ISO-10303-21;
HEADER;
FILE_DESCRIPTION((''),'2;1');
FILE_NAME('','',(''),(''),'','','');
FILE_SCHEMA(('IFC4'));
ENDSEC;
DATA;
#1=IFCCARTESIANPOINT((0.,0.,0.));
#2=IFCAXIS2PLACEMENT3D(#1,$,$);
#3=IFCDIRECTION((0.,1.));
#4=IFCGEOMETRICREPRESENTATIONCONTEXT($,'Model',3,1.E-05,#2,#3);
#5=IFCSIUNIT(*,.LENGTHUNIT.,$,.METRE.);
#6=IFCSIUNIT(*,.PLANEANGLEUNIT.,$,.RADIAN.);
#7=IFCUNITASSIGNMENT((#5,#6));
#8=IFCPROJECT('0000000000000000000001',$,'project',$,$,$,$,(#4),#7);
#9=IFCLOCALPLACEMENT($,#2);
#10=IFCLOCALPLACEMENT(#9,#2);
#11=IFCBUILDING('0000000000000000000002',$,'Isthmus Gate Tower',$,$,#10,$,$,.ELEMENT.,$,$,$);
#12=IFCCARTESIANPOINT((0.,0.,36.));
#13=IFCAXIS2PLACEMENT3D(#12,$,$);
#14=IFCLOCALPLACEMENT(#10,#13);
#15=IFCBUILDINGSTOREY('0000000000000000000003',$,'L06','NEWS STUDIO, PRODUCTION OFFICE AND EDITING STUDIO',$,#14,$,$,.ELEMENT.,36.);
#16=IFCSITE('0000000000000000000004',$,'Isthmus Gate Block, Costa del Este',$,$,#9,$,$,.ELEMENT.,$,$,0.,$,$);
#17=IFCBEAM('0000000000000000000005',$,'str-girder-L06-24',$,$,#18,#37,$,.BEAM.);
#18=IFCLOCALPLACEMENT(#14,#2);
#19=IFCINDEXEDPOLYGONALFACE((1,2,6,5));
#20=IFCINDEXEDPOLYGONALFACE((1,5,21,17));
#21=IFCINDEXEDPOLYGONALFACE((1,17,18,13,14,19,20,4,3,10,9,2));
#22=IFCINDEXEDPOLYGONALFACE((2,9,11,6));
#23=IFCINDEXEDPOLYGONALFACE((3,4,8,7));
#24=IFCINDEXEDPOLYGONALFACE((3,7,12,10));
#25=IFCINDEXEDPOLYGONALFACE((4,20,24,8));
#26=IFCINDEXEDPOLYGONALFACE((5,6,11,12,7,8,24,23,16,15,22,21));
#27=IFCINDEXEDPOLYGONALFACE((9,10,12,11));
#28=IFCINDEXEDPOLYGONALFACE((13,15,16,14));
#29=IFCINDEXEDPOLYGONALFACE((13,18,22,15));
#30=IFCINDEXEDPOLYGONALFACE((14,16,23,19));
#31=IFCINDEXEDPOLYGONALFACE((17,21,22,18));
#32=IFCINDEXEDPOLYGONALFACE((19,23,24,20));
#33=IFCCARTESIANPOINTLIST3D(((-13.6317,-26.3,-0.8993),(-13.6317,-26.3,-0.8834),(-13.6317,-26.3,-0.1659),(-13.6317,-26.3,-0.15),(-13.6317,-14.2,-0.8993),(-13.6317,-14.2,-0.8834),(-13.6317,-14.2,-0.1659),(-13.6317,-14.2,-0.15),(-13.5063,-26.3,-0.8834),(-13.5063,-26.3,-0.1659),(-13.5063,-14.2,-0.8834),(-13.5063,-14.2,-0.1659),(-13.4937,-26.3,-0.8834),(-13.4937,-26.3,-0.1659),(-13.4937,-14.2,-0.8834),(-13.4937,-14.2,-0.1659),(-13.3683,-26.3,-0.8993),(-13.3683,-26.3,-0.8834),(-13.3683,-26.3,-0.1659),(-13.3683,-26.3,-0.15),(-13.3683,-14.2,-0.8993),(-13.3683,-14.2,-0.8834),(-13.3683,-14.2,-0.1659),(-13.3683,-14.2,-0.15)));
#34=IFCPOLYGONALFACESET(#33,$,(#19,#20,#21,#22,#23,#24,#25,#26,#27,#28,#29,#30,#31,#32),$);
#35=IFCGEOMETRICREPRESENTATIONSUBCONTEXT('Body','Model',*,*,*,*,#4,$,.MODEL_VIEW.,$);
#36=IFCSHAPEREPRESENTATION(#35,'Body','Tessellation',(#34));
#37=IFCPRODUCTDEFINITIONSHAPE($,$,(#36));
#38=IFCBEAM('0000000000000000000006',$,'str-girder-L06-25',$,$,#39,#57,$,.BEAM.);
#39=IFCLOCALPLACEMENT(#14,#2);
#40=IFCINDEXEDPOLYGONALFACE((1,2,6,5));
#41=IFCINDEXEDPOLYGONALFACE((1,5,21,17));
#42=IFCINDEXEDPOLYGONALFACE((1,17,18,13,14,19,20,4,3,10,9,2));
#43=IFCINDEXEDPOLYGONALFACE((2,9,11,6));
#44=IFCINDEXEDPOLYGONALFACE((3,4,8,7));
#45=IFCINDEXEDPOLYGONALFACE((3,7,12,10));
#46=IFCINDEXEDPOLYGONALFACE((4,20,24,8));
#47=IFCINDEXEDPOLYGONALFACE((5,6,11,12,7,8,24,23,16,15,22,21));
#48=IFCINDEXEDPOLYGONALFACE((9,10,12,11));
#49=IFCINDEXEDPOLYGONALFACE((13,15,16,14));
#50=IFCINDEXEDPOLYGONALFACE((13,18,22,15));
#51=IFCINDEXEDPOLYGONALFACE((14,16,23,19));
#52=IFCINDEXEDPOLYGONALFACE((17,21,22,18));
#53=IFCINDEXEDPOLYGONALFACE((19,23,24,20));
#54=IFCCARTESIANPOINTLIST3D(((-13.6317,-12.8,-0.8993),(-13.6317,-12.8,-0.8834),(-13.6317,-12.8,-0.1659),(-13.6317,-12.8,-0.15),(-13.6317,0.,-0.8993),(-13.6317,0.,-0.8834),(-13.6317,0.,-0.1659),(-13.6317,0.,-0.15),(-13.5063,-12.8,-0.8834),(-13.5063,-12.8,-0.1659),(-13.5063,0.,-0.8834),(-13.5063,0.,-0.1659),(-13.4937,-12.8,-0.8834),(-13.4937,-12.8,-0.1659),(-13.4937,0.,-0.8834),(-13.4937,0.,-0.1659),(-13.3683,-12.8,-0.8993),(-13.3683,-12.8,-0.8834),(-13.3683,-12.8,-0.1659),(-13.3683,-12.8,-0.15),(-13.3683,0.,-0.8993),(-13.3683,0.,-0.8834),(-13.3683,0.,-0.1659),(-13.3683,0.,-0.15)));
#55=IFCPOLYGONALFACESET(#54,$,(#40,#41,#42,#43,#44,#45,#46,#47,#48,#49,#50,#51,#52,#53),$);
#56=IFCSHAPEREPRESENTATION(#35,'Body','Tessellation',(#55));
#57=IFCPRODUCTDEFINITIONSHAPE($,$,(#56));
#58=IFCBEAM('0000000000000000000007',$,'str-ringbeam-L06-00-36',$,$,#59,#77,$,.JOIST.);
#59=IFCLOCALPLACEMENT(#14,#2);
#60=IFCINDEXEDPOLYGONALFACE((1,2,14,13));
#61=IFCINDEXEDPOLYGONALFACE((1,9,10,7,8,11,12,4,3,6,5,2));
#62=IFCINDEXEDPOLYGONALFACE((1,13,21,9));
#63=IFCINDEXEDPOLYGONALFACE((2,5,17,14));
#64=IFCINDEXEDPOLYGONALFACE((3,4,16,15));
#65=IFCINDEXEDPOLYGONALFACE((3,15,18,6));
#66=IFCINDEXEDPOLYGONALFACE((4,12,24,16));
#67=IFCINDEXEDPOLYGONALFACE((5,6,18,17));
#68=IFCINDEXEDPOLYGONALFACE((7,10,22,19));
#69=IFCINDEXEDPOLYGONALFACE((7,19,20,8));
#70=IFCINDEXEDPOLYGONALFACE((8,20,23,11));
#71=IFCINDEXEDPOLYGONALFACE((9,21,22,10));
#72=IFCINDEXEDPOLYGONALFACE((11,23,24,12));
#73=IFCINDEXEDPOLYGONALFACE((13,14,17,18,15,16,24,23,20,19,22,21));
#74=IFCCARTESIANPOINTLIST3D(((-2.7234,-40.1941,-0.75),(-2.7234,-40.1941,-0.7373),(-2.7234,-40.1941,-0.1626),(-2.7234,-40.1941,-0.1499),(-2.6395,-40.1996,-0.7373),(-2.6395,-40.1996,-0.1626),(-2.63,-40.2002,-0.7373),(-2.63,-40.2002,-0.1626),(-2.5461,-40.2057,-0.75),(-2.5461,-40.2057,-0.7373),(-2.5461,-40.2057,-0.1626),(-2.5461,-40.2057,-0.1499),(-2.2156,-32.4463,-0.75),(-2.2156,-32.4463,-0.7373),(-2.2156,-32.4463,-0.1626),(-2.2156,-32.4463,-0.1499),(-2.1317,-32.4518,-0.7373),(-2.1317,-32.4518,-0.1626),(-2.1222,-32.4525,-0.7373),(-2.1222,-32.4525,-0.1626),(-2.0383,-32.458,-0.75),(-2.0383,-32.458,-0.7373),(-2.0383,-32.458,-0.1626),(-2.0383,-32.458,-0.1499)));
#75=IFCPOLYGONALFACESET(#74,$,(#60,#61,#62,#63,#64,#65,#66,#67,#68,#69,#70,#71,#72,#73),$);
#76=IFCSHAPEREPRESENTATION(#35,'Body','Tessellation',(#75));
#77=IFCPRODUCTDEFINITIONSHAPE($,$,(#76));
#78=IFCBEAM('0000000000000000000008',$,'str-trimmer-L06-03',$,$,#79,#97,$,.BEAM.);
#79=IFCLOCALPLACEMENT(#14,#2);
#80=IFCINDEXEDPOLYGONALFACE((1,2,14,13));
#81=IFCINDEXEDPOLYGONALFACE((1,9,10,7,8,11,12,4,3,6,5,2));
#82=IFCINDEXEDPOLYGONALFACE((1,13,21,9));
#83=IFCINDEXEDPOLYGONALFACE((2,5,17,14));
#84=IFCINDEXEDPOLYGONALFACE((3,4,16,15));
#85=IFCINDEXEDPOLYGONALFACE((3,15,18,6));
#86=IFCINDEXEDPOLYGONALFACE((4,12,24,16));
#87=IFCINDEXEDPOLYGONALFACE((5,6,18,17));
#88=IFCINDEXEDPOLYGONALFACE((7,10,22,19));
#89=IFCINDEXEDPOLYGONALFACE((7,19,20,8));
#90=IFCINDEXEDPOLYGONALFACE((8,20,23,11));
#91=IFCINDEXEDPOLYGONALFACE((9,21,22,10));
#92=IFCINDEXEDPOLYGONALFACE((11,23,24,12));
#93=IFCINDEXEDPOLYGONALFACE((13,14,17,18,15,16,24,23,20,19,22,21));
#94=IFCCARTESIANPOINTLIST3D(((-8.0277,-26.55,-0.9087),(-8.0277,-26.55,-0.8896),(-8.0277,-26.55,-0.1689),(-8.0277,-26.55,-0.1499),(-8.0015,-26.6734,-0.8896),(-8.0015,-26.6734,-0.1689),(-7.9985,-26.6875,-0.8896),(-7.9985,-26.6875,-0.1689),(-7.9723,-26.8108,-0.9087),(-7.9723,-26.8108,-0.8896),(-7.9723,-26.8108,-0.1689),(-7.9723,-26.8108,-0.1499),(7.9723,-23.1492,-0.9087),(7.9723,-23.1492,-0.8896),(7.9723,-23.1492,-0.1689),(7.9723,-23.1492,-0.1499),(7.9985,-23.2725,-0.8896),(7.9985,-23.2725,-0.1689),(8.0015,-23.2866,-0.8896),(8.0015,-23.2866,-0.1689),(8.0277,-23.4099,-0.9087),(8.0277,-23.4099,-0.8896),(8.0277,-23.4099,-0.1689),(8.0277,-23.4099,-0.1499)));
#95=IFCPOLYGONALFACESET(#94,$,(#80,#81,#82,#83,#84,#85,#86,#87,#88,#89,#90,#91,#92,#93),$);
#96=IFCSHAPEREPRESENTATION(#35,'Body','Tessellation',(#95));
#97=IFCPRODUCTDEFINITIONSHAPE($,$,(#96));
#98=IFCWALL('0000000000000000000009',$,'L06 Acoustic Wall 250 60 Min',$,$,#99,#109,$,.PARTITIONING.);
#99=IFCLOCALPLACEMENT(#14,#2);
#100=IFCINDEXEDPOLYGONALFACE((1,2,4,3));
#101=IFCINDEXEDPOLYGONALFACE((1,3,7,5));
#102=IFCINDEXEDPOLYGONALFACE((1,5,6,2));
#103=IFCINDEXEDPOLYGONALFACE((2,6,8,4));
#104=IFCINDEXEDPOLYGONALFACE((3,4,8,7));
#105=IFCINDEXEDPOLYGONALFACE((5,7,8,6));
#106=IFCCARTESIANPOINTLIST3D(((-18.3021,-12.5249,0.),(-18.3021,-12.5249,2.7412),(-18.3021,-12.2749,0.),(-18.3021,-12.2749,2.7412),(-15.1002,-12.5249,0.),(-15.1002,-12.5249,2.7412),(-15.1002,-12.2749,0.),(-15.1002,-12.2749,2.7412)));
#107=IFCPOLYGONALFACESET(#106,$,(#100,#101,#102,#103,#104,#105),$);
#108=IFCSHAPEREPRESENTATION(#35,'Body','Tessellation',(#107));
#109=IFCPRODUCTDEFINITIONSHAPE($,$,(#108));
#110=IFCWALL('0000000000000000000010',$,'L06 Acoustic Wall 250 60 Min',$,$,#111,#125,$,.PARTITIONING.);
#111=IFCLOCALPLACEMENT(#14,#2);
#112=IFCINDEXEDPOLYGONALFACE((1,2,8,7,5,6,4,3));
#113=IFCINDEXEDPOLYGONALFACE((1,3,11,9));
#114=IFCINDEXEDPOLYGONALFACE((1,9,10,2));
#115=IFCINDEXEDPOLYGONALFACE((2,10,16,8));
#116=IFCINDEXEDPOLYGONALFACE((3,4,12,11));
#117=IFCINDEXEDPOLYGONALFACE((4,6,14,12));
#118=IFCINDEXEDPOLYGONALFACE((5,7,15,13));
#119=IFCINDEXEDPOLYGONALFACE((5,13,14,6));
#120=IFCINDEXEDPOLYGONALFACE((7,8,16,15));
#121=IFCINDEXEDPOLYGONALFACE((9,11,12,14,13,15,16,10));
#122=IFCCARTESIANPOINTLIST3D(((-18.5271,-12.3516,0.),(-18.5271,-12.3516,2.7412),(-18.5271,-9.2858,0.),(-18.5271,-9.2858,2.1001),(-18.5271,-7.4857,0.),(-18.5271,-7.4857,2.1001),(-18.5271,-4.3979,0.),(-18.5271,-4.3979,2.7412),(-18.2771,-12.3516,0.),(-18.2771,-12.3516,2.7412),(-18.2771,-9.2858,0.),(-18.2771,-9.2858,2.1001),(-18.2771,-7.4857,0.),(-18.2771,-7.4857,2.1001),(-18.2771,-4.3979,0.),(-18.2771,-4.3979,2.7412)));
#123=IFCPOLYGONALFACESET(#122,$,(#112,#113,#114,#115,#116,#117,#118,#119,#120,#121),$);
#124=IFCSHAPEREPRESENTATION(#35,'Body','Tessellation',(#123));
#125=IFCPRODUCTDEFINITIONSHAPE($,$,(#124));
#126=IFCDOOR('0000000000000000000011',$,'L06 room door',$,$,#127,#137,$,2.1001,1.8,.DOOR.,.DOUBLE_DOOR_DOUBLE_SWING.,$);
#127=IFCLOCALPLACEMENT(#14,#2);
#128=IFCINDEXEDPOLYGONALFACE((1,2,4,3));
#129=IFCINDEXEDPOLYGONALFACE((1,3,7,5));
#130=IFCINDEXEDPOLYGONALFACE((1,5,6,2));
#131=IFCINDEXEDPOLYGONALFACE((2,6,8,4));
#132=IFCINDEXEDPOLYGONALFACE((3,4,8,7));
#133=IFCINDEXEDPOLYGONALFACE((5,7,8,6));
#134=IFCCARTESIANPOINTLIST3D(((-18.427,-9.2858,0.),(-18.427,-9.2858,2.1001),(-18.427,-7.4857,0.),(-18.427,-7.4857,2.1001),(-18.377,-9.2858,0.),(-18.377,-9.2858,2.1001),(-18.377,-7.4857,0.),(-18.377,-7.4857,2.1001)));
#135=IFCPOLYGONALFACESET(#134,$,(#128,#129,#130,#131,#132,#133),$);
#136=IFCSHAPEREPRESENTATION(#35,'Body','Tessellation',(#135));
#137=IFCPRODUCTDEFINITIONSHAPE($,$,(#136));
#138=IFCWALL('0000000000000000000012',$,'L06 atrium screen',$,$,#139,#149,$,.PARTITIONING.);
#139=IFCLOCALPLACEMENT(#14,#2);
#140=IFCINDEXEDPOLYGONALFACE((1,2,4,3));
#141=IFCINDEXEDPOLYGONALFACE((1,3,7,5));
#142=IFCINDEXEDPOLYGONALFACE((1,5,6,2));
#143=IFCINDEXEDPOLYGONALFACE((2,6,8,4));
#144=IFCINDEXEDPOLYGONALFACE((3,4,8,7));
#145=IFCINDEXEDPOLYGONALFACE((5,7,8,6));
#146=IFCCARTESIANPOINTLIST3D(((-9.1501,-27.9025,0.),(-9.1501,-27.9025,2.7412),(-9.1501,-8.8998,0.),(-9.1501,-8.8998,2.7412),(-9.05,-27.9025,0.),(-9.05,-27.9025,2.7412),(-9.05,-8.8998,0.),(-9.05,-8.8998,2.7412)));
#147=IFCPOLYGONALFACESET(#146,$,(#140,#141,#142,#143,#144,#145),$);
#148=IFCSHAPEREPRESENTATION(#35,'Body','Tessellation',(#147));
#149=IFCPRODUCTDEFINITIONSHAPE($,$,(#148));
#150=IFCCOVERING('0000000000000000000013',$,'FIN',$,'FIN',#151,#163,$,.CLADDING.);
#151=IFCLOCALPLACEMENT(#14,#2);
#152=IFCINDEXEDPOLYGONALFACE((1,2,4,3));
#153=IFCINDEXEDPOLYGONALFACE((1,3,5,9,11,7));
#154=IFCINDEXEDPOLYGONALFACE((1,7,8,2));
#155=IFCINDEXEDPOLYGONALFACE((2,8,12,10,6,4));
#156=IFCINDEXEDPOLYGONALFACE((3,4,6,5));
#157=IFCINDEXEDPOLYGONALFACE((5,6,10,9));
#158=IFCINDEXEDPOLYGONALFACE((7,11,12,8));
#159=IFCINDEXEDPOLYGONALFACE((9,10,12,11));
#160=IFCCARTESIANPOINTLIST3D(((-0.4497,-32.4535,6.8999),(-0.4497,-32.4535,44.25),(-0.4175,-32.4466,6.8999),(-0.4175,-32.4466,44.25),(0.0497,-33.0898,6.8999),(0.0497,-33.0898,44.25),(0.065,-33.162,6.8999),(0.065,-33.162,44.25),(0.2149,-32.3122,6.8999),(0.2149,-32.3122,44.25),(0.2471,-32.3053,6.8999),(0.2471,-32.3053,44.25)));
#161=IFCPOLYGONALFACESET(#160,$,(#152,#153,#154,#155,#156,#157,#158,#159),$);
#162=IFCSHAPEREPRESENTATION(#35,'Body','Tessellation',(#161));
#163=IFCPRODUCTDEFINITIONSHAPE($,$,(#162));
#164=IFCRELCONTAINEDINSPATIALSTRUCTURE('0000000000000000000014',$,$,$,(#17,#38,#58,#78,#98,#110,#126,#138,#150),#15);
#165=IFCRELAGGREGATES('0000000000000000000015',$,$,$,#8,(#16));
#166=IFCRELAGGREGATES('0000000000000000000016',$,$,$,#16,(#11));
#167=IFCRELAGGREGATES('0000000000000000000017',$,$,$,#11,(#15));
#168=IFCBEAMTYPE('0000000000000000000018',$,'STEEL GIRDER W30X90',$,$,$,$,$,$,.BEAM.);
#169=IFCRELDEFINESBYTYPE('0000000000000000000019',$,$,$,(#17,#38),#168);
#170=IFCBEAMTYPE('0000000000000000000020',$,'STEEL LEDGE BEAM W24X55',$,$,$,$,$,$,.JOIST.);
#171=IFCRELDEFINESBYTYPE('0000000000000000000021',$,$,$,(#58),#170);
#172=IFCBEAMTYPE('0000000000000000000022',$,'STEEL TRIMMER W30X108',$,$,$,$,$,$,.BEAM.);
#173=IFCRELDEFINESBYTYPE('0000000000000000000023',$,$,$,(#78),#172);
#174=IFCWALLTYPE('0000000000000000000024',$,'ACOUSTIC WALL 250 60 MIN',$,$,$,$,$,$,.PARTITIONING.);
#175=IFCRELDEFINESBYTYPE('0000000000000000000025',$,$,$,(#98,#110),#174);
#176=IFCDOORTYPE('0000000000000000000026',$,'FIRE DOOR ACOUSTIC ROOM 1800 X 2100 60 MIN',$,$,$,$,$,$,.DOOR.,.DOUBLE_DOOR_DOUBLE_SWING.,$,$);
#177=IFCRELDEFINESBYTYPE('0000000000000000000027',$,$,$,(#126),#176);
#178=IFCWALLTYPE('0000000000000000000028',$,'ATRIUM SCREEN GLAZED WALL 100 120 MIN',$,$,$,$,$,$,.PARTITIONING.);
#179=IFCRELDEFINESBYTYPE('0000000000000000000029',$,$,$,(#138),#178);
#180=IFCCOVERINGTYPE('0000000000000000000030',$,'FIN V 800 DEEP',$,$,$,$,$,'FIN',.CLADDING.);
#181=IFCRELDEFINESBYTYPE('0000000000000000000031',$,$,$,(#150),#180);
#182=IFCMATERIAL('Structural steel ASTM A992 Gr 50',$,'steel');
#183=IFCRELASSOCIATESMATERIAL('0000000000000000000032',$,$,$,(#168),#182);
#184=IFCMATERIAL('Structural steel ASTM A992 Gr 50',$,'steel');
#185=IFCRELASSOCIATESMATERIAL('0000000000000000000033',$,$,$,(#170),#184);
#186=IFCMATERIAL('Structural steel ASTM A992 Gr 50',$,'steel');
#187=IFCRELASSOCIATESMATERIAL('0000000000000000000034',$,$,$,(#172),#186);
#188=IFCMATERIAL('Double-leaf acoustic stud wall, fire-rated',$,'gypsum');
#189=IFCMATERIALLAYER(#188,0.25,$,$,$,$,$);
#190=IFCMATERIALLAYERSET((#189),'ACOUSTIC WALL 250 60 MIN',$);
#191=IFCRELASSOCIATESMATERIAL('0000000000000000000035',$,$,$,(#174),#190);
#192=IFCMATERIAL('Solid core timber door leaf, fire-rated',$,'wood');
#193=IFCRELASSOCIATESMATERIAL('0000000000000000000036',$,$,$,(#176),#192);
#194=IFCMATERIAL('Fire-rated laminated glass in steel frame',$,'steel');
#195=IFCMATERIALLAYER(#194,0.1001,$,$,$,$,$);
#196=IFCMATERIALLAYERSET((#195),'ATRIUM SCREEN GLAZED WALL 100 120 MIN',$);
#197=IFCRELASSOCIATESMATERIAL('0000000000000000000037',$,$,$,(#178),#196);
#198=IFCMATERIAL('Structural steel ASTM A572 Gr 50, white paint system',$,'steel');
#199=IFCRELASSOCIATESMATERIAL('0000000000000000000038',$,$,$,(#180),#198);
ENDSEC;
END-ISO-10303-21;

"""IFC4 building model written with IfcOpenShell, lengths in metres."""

from ifc_helpers import new_model, si_unit, direction, frame, frame_2d, origin, origin_2d, place, context, subcontext, project, spatial, polyline, rectangle, i_section, outline, extrude, material, layer, layer_set, material_profile, profile_set, type_object, element, fill, save


model = new_model("IFC4")

# Units and contexts
model_context = context("Model", 3, precision=1e-05, world=origin(), true_north=direction((0.0, 1.0)))
body_context = subcontext(model_context, "Body", "Model", "MODEL_VIEW")
ifc_project = project(units=[si_unit("LENGTHUNIT", "METRE"), si_unit("PLANEANGLEUNIT", "RADIAN")], contexts=[model_context])

# Site, building, storey
site_placement = place(None, origin())
site = spatial("IfcSite", under=ifc_project, at=site_placement, Name="Isthmus Gate Block, Costa del Este", CompositionType="ELEMENT", RefElevation=0.0)
building_placement = place(site_placement, origin())
building = spatial("IfcBuilding", under=site, at=building_placement, Name="Isthmus Gate Tower", CompositionType="ELEMENT")
storey_placement = place(building_placement, frame((0.0, 0.0, 36.0)))
storey = spatial("IfcBuildingStorey", under=building, at=storey_placement, Name="L06", Description="NEWS STUDIO, PRODUCTION OFFICE AND EDITING STUDIO", CompositionType="ELEMENT", Elevation=36.0)

# Beams
ifc_material_1 = material(Name="Structural steel ASTM A992 Gr 50", Category="steel")
ifc_material_profile_1 = material_profile(ifc_material_1, i_section(OverallWidth=0.2634, OverallDepth=0.7493, WebThickness=0.0127, FlangeThickness=0.0159, at=origin_2d()), Name="W30X90")
ifc_profile_set_1 = profile_set([ifc_material_profile_1], Name="Structural steel ASTM A992 Gr 50")
beam_type_1 = type_object("IfcBeamType", Name="STEEL GIRDER W30X90", PredefinedType="BEAM", material=ifc_profile_set_1)
beam_1_placement = place(storey_placement, frame((-13.5, -26.3, -0.5247), z_axis=(0.0, 1.0, 0.0), x_axis=(-1.0, 0.0, 0.0)))
element("IfcBeam", 1, at=beam_1_placement, inside=storey, type_object=beam_type_1, Name="str-girder-L06-24", PredefinedType="BEAM", context=body_context, shape_type="SweptSolid", body=[
    extrude(i_section(OverallWidth=0.2634, OverallDepth=0.7493, WebThickness=0.0127, FlangeThickness=0.0159, at=origin_2d()), origin(), (0.0, 0.0, 1.0), 12.1001),
])
beam_2_placement = place(storey_placement, frame((-13.5, -12.8, -0.5247), z_axis=(0.0, 1.0, 0.0), x_axis=(-1.0, 0.0, 0.0)))
element("IfcBeam", 2, at=beam_2_placement, inside=storey, type_object=beam_type_1, Name="str-girder-L06-25", PredefinedType="BEAM", context=body_context, shape_type="SweptSolid", body=[
    extrude(i_section(OverallWidth=0.2634, OverallDepth=0.7493, WebThickness=0.0127, FlangeThickness=0.0159, at=origin_2d()), origin(), (0.0, 0.0, 1.0), 12.8),
])
ifc_material_2 = material(Name="Structural steel ASTM A992 Gr 50", Category="steel")
ifc_material_profile_2 = material_profile(ifc_material_2, i_section(OverallWidth=0.1777, OverallDepth=0.6001, WebThickness=0.0095, FlangeThickness=0.0127, at=origin_2d()), Name="W24X55")
ifc_profile_set_2 = profile_set([ifc_material_profile_2], Name="Structural steel ASTM A992 Gr 50")
beam_type_2 = type_object("IfcBeamType", Name="STEEL LEDGE BEAM W24X55", PredefinedType="JOIST", material=ifc_profile_set_2)
beam_3_placement = place(storey_placement, frame((-2.127, -32.4521, -0.45), z_axis=(-0.065402, -0.997859, 0.0), x_axis=(0.997859, -0.065402, 0.0)))
element("IfcBeam", 3, at=beam_3_placement, inside=storey, type_object=beam_type_2, Name="str-ringbeam-L06-00-36", PredefinedType="JOIST", context=body_context, shape_type="SweptSolid", body=[
    extrude(i_section(OverallWidth=0.1777, OverallDepth=0.6001, WebThickness=0.0095, FlangeThickness=0.0127, at=origin_2d()), origin(), (0.0, 0.0, 1.0), 7.7644),
])
ifc_material_3 = material(Name="Structural steel ASTM A992 Gr 50", Category="steel")
ifc_material_profile_3 = material_profile(ifc_material_3, i_section(OverallWidth=0.2666, OverallDepth=0.7588, WebThickness=0.0144, FlangeThickness=0.019, at=origin_2d()), Name="W30X108")
ifc_profile_set_3 = profile_set([ifc_material_profile_3], Name="Structural steel ASTM A992 Gr 50")
beam_type_3 = type_object("IfcBeamType", Name="STEEL TRIMMER W30X108", PredefinedType="BEAM", material=ifc_profile_set_3)
beam_4_placement = place(storey_placement, frame((-8.0, -26.6804, -0.5293), z_axis=(0.978148, 0.20791, 0.0), x_axis=(-0.20791, 0.978148, 0.0)))
element("IfcBeam", 4, at=beam_4_placement, inside=storey, type_object=beam_type_3, Name="str-trimmer-L06-03", PredefinedType="BEAM", context=body_context, shape_type="SweptSolid", body=[
    extrude(i_section(OverallWidth=0.2666, OverallDepth=0.7588, WebThickness=0.0144, FlangeThickness=0.019, at=origin_2d()), origin(), (0.0, 0.0, 1.0), 16.3574),
])

# Wall
ifc_material_4 = material(Name="Double-leaf acoustic stud wall, fire-rated", Category="gypsum")
ifc_layer_1 = layer(ifc_material_4, 0.25)
ifc_layer_set_1 = layer_set([ifc_layer_1], Name="ACOUSTIC WALL 250 60 MIN")
wall_type_1 = type_object("IfcWallType", Name="ACOUSTIC WALL 250 60 MIN", PredefinedType="PARTITIONING", material=ifc_layer_set_1)
wall_1_placement = place(storey_placement, frame((-15.1001, -12.3999, 0.0), z_axis=(0.0, 0.0, 1.0), x_axis=(-1.0, 0.0, 0.0)))
element("IfcWall", 5, at=wall_1_placement, inside=storey, type_object=wall_type_1, Name="L06 Acoustic Wall 250 60 Min", PredefinedType="PARTITIONING", context=body_context, shape_type="SweptSolid", body=[
    extrude(rectangle(XDim=3.2019, YDim=0.25, at=frame_2d((1.6011, 0.0))), origin(), (0.0, 0.0, 1.0), 2.7412),
])

# Wall, opening, door
wall_2_placement = place(storey_placement, frame((-18.4021, -12.3516, 0.0), z_axis=(0.0, 0.0, 1.0), x_axis=(0.0, 1.0, 0.0)))
wall_2 = element("IfcWall", 6, at=wall_2_placement, inside=storey, type_object=wall_type_1, Name="L06 Acoustic Wall 250 60 Min", PredefinedType="PARTITIONING", context=body_context, shape_type="SweptSolid", body=[
    extrude(rectangle(XDim=7.9536, YDim=0.25, at=frame_2d((3.9768, 0.0))), origin(), (0.0, 0.0, 1.0), 2.7412),
])
opening_placement = place(wall_2_placement, frame((3.0659, 0.0, 0.0)))
opening = element("IfcOpeningElement", 7, at=opening_placement, cuts=wall_2, PredefinedType="OPENING", context=body_context, shape_type="SweptSolid", body=[
    extrude(rectangle(XDim=1.8, YDim=2.1001, at=frame_2d((0.8999, 1.05))), frame((0.0, 0.135, 0.0), z_axis=(0.0, -1.0, 0.0), x_axis=(1.0, 0.0, 0.0)), (0.0, 0.0, 1.0), 0.27),
])
ifc_material_5 = material(Name="Solid core timber door leaf, fire-rated", Category="wood")
door_type = type_object("IfcDoorType", Name="FIRE DOOR ACOUSTIC ROOM 1800 X 2100 60 MIN", OperationType="DOUBLE_DOOR_DOUBLE_SWING", PredefinedType="DOOR", material=ifc_material_5)
door_placement = place(opening_placement, origin())
door = element("IfcDoor", 8, at=door_placement, inside=storey, type_object=door_type, Name="L06 room door", OperationType="DOUBLE_DOOR_DOUBLE_SWING", OverallHeight=2.1001, OverallWidth=1.8, PredefinedType="DOOR", context=body_context, shape_type="SweptSolid", body=[
    extrude(rectangle(XDim=1.8, YDim=2.1001, at=frame_2d((0.8999, 1.05))), frame((0.0, 0.0249, 0.0), z_axis=(0.0, -1.0, 0.0), x_axis=(1.0, 0.0, 0.0)), (0.0, 0.0, 1.0), 0.05),
])
fill(opening, door)

# Wall
ifc_material_6 = material(Name="Fire-rated laminated glass in steel frame", Category="steel")
ifc_layer_2 = layer(ifc_material_6, 0.1001)
ifc_layer_set_2 = layer_set([ifc_layer_2], Name="ATRIUM SCREEN GLAZED WALL 100 120 MIN")
wall_type_2 = type_object("IfcWallType", Name="ATRIUM SCREEN GLAZED WALL 100 120 MIN", PredefinedType="PARTITIONING", material=ifc_layer_set_2)
wall_3_placement = place(storey_placement, frame((-9.1001, -27.9026, 0.0), z_axis=(0.0, 0.0, 1.0), x_axis=(0.0, 1.0, 0.0)))
element("IfcWall", 9, at=wall_3_placement, inside=storey, type_object=wall_type_2, Name="L06 atrium screen", PredefinedType="PARTITIONING", context=body_context, shape_type="SweptSolid", body=[
    extrude(rectangle(XDim=19.0027, YDim=0.1001, at=frame_2d((9.5015, 0.0))), origin(), (0.0, 0.0, 1.0), 2.7412),
])

# Covering
ifc_material_7 = material(Name="Structural steel ASTM A572 Gr 50, white paint system", Category="steel")
ifc_material_profile_4 = material_profile(ifc_material_7, outline(polyline([(0.0, -0.3562), (0.8, 0.0), (0.0, 0.3562), (0.0, 0.3232), (0.7263, 0.0), (0.0, -0.3232), (0.0, -0.3562)])), Name="V800")
ifc_profile_set_4 = profile_set([ifc_material_profile_4], Name="Structural steel ASTM A572 Gr 50, white paint system")
covering_type_1 = type_object("IfcCoveringType", Name="FIN V 800 DEEP", ElementType="FIN", PredefinedType="CLADDING", material=ifc_profile_set_4)
covering_1_placement = place(storey_placement, frame((-0.1013, -32.3794, 6.8999), z_axis=(0.0, 0.0, 1.0), x_axis=(0.207912, -0.978148, 0.0)))
element("IfcCovering", 10, at=covering_1_placement, inside=storey, type_object=covering_type_1, Name="FIN", ObjectType="FIN", PredefinedType="CLADDING", context=body_context, shape_type="SweptSolid", body=[
    extrude(outline(polyline([(0.0, -0.3562), (0.8, 0.0), (0.0, 0.3562), (0.0, 0.3232), (0.7263, 0.0), (0.0, -0.3232), (0.0, -0.3562)])), origin(), (0.0, 0.0, 1.0), 37.3501),
])

save(model, "model.ifc")
